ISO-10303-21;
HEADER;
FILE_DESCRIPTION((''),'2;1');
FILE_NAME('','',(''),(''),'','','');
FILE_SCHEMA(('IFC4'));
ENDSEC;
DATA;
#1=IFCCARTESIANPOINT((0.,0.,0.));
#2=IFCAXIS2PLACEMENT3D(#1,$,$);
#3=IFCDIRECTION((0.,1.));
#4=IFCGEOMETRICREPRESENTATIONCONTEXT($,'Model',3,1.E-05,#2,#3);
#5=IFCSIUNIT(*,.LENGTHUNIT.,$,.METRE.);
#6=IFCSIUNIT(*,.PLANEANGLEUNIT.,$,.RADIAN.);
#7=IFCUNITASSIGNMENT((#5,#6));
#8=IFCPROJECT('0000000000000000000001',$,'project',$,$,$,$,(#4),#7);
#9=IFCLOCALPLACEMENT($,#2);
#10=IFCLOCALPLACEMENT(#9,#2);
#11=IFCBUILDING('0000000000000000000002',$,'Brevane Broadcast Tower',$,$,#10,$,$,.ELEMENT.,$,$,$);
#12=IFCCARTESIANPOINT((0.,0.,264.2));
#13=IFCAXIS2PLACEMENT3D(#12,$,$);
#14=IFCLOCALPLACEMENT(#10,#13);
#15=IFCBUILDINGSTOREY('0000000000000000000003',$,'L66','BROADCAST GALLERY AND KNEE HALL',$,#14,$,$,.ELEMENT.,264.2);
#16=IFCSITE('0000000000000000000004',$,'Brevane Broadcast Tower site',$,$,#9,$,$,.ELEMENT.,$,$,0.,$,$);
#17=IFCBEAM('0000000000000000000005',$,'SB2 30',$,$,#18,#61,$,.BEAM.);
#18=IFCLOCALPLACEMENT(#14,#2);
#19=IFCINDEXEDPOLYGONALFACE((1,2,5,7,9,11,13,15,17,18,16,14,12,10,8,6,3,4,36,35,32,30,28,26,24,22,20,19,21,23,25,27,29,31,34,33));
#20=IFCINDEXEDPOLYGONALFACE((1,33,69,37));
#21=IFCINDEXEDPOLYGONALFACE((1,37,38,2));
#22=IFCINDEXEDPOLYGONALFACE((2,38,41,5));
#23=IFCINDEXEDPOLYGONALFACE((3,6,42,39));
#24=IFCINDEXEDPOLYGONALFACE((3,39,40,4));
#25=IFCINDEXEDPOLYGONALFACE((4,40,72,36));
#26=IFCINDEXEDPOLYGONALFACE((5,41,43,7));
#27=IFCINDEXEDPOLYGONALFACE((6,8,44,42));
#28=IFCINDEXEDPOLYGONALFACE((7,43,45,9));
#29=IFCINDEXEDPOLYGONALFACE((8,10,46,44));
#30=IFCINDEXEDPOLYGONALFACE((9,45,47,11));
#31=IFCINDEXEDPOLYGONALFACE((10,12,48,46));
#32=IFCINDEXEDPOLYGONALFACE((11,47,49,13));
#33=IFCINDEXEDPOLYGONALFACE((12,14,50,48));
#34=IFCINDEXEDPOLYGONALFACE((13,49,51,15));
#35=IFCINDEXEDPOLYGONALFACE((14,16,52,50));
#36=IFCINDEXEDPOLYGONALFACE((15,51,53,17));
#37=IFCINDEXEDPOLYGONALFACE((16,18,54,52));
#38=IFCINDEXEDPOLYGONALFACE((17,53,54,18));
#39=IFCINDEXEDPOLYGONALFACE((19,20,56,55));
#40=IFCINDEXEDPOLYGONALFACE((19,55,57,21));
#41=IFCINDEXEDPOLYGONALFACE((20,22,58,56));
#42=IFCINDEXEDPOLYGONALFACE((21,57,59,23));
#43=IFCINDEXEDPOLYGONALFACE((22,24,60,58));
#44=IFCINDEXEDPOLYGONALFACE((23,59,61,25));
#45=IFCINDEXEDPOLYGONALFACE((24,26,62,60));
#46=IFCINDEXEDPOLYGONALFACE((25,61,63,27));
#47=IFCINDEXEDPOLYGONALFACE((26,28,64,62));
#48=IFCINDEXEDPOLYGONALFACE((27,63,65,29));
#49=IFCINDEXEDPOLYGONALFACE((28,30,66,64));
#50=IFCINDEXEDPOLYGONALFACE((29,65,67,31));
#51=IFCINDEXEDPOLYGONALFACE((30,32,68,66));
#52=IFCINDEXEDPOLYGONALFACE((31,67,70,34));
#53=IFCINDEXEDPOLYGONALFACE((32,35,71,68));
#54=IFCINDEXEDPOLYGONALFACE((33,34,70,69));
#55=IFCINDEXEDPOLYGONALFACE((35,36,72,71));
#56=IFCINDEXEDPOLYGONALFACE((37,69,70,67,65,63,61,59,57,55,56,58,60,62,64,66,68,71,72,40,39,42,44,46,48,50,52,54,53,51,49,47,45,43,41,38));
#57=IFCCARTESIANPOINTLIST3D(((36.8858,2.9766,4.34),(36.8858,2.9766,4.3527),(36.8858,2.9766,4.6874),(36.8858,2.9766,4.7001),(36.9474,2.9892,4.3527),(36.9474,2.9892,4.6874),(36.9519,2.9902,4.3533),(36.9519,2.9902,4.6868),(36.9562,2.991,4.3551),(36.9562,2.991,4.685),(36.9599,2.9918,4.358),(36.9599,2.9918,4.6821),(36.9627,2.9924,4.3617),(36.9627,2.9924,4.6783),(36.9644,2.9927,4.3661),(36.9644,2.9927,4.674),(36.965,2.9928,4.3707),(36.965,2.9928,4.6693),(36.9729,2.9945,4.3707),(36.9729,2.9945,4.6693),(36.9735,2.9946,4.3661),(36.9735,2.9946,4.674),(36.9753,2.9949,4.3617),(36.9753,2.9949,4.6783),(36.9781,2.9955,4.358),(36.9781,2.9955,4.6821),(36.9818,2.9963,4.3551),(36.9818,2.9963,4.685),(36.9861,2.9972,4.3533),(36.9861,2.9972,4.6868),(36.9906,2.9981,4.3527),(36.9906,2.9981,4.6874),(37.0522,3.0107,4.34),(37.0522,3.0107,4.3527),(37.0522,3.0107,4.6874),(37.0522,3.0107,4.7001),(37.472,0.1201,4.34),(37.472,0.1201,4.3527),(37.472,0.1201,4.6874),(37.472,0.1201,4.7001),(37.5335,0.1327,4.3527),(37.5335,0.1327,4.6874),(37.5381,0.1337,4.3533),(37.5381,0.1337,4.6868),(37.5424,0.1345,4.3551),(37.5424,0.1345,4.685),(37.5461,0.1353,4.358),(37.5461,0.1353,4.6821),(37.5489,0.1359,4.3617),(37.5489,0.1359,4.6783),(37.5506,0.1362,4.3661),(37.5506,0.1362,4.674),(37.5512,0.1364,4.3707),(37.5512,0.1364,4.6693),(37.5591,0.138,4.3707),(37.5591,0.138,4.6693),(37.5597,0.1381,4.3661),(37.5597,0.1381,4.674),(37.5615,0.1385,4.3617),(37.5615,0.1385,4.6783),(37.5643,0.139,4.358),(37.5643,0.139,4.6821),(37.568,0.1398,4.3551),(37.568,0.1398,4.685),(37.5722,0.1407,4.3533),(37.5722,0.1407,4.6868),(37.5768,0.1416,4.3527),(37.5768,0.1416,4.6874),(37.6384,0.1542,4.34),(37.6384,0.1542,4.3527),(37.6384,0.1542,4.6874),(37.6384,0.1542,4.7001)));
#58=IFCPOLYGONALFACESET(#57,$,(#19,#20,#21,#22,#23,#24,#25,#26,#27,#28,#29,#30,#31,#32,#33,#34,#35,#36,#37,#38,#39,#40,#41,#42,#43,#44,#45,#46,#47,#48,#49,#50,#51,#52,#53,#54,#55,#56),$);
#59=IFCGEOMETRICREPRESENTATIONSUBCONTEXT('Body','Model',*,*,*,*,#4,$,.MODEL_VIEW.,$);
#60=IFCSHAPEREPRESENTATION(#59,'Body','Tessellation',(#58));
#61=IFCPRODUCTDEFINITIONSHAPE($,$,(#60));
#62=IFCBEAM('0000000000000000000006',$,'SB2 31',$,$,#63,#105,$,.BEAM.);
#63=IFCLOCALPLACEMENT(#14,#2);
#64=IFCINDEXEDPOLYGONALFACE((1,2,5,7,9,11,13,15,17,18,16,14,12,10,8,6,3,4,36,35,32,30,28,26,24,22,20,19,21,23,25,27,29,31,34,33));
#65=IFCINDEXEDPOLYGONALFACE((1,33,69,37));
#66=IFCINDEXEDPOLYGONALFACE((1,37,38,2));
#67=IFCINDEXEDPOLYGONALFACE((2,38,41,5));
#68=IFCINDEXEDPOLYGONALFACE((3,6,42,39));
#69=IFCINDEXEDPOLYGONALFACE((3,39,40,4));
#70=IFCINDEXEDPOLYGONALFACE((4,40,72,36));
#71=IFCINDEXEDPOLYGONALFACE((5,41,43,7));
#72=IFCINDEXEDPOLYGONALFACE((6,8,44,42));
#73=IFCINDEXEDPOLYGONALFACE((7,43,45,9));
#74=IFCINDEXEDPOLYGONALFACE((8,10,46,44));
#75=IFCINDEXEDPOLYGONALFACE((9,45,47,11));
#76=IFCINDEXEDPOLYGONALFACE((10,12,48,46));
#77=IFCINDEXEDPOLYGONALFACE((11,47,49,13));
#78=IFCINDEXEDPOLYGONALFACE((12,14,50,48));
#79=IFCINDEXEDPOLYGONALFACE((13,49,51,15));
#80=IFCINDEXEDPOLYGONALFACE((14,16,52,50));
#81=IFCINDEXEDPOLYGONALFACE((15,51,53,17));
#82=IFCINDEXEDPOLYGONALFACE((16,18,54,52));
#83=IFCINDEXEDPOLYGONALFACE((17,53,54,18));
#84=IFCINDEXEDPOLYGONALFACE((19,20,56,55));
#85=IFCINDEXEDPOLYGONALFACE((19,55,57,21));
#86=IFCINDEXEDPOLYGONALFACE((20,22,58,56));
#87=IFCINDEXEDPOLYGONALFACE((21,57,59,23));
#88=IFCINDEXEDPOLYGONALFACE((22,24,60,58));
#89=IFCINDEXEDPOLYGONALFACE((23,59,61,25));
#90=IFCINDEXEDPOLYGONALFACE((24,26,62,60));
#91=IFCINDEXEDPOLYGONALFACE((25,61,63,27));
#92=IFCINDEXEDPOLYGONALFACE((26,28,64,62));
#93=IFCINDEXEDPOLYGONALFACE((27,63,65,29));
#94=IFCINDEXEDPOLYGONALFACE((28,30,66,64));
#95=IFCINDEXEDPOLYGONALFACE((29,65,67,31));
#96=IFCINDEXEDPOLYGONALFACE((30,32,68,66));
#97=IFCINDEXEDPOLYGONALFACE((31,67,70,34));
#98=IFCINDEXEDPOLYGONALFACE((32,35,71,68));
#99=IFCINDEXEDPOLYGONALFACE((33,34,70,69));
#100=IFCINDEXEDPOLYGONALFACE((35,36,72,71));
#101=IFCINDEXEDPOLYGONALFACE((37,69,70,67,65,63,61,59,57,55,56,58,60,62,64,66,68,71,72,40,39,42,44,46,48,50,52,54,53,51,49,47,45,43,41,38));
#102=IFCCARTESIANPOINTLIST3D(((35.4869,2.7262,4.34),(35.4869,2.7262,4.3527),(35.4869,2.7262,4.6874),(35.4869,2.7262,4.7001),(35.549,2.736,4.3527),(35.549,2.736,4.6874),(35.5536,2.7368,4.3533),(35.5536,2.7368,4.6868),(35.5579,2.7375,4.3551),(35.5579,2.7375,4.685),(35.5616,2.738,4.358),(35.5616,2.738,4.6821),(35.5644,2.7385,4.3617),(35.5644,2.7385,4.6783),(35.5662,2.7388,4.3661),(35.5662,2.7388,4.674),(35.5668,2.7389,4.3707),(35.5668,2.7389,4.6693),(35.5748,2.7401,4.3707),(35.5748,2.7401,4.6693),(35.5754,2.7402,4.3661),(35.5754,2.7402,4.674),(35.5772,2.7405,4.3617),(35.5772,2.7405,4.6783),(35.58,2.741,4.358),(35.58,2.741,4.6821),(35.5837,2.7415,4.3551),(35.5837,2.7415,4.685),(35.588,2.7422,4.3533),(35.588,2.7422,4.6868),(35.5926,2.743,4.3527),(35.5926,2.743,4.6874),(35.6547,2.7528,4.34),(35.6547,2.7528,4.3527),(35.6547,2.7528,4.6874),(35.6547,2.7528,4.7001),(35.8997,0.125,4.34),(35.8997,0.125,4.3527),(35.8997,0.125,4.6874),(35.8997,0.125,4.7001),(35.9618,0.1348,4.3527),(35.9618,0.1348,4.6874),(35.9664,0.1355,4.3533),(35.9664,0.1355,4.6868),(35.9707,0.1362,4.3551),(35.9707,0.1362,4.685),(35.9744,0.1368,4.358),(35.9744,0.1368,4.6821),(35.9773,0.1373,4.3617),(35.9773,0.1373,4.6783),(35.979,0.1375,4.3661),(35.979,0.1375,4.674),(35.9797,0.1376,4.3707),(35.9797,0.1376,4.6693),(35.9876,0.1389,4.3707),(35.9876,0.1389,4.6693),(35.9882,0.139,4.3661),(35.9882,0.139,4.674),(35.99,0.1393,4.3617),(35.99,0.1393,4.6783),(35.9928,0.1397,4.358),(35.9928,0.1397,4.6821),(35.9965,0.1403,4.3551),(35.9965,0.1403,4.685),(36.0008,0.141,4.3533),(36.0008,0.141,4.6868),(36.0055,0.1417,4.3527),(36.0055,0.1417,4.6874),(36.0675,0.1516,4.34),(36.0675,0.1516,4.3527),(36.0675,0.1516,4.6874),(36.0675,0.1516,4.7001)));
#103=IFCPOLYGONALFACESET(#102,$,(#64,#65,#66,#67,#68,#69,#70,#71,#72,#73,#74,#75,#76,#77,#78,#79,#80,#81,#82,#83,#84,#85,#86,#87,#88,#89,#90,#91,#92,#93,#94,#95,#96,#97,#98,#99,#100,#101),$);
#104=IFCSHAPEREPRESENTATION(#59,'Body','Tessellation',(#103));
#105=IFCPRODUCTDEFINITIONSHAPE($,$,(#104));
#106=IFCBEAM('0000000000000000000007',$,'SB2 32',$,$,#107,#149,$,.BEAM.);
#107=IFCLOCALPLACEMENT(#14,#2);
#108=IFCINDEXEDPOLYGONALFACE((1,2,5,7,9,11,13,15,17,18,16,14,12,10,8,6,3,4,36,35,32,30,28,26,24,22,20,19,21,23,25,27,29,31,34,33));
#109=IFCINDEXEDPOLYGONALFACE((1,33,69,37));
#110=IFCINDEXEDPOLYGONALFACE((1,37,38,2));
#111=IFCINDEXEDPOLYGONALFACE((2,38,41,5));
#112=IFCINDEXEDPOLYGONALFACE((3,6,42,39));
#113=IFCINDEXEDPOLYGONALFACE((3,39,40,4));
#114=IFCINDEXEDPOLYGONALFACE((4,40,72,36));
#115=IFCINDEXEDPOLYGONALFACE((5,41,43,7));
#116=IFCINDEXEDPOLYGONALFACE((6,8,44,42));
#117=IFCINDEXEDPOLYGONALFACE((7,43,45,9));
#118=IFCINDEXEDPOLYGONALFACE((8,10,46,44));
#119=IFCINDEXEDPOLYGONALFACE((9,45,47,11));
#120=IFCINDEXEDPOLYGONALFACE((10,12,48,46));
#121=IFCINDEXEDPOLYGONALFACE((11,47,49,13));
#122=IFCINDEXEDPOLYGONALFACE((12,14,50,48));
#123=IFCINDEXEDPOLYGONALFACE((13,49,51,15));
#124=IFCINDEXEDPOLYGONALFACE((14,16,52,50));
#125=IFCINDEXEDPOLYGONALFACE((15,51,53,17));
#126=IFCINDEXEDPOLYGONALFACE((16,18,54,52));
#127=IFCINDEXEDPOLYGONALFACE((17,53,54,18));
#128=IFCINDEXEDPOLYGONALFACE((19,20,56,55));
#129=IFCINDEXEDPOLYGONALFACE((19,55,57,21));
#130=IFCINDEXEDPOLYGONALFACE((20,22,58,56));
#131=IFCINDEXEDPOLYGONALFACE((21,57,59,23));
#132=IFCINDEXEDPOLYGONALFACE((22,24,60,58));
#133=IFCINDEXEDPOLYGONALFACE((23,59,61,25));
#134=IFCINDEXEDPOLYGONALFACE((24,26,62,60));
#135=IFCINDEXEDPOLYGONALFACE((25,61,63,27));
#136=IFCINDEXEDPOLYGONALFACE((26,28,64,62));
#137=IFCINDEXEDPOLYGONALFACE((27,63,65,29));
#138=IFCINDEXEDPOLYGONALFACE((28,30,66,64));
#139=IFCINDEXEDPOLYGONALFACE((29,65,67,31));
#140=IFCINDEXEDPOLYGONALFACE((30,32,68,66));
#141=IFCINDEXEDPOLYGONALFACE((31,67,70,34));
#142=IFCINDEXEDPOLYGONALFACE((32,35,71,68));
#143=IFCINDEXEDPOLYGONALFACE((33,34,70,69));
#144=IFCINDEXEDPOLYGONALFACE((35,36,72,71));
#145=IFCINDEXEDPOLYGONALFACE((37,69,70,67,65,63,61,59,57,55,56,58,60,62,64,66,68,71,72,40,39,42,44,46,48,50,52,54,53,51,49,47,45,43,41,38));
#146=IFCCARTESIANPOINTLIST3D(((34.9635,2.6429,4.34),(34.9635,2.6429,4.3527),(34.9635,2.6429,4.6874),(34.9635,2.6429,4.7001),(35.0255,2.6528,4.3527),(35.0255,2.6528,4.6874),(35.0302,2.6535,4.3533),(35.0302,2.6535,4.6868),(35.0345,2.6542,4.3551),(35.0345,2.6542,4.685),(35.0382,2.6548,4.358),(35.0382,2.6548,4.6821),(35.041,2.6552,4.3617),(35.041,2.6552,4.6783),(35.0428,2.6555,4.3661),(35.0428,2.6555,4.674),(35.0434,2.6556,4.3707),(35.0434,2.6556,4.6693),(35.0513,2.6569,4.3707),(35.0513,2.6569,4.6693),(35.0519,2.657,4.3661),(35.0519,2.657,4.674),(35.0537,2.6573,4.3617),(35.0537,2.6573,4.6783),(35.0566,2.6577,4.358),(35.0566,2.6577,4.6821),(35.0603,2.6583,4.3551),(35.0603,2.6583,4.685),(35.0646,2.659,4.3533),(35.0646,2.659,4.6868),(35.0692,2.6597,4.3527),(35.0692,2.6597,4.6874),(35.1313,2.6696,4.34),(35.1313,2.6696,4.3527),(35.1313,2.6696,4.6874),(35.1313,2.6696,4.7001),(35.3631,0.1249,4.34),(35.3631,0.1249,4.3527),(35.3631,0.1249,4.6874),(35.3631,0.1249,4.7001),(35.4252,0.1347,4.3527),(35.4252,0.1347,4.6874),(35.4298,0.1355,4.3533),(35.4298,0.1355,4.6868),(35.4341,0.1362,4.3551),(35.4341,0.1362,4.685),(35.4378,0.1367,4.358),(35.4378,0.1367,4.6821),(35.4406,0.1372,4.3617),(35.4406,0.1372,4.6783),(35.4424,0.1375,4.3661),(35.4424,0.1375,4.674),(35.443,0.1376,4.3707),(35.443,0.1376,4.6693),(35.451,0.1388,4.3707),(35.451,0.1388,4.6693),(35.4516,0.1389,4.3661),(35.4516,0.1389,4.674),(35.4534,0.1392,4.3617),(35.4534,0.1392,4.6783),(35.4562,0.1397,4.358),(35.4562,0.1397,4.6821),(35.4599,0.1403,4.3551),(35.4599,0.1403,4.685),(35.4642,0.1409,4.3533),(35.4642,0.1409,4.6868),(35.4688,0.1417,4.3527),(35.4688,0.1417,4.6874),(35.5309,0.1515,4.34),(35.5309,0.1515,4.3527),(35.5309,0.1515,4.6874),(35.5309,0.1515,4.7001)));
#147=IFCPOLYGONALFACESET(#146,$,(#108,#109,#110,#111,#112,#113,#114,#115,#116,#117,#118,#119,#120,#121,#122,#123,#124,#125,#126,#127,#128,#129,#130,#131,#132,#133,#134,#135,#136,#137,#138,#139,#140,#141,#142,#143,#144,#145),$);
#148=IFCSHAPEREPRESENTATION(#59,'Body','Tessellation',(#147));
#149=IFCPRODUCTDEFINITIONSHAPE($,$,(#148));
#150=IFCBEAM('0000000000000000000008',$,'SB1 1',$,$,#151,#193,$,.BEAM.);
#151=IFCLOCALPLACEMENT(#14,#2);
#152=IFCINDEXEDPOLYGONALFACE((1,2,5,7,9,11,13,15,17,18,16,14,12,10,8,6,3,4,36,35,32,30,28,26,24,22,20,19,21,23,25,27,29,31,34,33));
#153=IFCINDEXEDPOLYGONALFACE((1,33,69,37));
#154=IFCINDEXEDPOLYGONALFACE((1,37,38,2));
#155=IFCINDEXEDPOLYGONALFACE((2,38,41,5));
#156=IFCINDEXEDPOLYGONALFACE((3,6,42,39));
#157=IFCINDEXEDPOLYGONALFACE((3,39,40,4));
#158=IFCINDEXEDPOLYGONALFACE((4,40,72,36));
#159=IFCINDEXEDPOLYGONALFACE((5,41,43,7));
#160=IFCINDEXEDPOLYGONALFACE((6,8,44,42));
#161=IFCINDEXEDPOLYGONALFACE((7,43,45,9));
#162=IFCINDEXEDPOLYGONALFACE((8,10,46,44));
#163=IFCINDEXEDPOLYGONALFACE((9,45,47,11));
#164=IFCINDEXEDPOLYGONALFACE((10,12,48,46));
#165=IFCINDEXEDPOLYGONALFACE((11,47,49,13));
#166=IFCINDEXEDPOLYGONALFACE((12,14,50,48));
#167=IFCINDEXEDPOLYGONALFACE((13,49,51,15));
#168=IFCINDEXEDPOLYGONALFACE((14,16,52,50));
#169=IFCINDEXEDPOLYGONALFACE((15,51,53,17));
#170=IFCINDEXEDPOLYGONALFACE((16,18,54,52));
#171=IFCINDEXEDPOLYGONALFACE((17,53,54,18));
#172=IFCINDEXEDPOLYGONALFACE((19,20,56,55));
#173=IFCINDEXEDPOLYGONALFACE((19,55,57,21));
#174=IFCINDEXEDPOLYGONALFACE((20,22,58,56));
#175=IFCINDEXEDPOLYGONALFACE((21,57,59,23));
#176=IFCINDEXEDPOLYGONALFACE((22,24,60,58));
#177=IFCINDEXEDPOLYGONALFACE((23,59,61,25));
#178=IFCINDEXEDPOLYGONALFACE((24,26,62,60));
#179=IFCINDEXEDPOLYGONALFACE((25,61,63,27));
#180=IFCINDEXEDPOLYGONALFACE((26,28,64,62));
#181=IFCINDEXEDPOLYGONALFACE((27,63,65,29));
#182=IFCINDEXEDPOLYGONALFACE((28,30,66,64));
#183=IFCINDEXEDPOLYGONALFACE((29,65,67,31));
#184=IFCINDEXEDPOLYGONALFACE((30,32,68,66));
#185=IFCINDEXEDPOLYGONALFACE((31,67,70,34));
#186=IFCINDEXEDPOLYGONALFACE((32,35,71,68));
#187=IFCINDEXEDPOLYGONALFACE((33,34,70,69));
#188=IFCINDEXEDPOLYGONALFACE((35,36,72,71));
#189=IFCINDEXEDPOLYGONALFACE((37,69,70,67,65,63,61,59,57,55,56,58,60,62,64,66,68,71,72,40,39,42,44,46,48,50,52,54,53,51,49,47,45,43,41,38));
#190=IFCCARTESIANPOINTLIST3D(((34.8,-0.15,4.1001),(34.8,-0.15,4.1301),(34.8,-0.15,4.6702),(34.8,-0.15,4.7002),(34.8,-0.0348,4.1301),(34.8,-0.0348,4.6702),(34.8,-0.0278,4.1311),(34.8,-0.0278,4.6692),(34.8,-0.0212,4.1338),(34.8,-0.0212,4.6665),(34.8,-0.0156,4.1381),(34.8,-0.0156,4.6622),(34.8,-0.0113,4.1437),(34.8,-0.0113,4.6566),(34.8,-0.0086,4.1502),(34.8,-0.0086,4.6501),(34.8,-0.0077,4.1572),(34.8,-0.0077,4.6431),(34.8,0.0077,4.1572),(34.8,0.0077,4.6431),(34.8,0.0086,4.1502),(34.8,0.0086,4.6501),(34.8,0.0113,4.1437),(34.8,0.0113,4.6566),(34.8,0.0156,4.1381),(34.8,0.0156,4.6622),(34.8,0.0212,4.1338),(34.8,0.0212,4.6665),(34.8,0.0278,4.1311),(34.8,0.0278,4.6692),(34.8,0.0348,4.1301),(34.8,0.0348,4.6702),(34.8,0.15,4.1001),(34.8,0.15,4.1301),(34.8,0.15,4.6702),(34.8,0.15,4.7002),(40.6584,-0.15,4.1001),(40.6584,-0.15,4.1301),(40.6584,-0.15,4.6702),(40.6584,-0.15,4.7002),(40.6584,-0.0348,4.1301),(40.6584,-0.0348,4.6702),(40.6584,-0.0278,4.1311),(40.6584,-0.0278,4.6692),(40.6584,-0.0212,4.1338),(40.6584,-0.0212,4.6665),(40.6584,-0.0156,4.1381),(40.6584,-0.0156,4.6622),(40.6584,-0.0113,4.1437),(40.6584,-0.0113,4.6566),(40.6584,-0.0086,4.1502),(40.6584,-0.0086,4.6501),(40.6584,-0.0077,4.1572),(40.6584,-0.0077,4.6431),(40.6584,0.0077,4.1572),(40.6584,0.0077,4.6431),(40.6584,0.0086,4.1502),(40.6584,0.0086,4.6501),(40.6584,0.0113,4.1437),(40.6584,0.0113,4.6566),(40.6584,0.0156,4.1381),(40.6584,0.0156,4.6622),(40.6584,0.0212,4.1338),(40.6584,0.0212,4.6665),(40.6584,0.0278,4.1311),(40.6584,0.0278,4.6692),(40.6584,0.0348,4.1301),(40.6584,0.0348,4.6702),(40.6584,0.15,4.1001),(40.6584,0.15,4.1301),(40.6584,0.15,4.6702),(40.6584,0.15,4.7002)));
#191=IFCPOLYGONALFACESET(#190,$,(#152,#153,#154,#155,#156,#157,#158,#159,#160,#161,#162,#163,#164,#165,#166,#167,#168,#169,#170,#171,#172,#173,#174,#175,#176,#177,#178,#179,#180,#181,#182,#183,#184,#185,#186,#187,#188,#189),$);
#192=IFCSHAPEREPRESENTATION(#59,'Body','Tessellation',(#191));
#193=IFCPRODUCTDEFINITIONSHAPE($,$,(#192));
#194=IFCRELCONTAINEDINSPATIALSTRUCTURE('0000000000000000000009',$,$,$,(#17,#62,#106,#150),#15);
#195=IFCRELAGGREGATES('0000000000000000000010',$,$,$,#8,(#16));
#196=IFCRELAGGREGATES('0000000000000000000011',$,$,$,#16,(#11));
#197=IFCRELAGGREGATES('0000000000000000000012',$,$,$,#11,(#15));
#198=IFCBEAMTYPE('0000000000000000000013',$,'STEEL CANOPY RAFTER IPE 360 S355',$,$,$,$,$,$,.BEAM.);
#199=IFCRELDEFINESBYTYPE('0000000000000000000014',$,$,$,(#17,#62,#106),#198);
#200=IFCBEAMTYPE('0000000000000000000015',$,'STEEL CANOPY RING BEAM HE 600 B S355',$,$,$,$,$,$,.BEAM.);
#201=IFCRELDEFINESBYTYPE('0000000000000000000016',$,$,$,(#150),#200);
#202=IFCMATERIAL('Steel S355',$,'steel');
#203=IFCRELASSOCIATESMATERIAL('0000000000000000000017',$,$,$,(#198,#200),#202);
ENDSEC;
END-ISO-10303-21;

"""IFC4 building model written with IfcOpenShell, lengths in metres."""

from ifc_helpers import new_model, si_unit, direction, frame, origin, origin_2d, place, context, subcontext, project, spatial, i_section, extrude, material, material_profile, profile_set, type_object, element, save


model = new_model("IFC4")

# Units and contexts
model_context = context("Model", 3, precision=1e-05, world=origin(), true_north=direction((0.0, 1.0)))
body_context = subcontext(model_context, "Body", "Model", "MODEL_VIEW")
ifc_project = project(units=[si_unit("LENGTHUNIT", "METRE"), si_unit("PLANEANGLEUNIT", "RADIAN")], contexts=[model_context])

# Site, building, storey
site_placement = place(None, origin())
site = spatial("IfcSite", under=ifc_project, at=site_placement, Name="Brevane Broadcast Tower site", CompositionType="ELEMENT", RefElevation=0.0)
building_placement = place(site_placement, origin())
building = spatial("IfcBuilding", under=site, at=building_placement, Name="Brevane Broadcast Tower", CompositionType="ELEMENT")
storey_placement = place(building_placement, frame((0.0, 0.0, 264.2)))
storey = spatial("IfcBuildingStorey", under=building, at=storey_placement, Name="L66", Description="BROADCAST GALLERY AND KNEE HALL", CompositionType="ELEMENT", Elevation=264.2)

# Shared definitions
ifc_material_1 = material(Name="Steel S355", Category="steel")

# Beams
ifc_material_profile_1 = material_profile(ifc_material_1, i_section(OverallWidth=0.1699, OverallDepth=0.3601, WebThickness=0.0081, FlangeThickness=0.0127, FilletRadius=0.0181, at=origin_2d()), Name="IPE 360")
ifc_profile_set_1 = profile_set([ifc_material_profile_1], Name="Steel S355")
beam_type_1 = type_object("IfcBeamType", Name="STEEL CANOPY RAFTER IPE 360 S355", PredefinedType="BEAM", material=ifc_profile_set_1)
beam_1_placement = place(storey_placement, frame((36.969, 2.9937, 4.52), z_axis=(0.201024, -0.979586, 0.0), x_axis=(0.979586, 0.201024, 0.0)))
element("IfcBeam", 1, at=beam_1_placement, inside=storey, type_object=beam_type_1, Name="SB2 30", PredefinedType="BEAM", context=body_context, shape_type="SweptSolid", body=[
    extrude(i_section(OverallWidth=0.1699, OverallDepth=0.3601, WebThickness=0.0081, FlangeThickness=0.0127, FilletRadius=0.0181, at=origin_2d()), origin(), (0.0, 0.0, 1.0), 2.916),
])
beam_2_placement = place(storey_placement, frame((35.5708, 2.7395, 4.52), z_axis=(0.156743, -0.987639, 0.0), x_axis=(0.987639, 0.156743, 0.0)))
element("IfcBeam", 2, at=beam_2_placement, inside=storey, type_object=beam_type_1, Name="SB2 31", PredefinedType="BEAM", context=body_context, shape_type="SweptSolid", body=[
    extrude(i_section(OverallWidth=0.1699, OverallDepth=0.3601, WebThickness=0.0081, FlangeThickness=0.0127, FilletRadius=0.0181, at=origin_2d()), origin(), (0.0, 0.0, 1.0), 2.6338),
])
beam_3_placement = place(storey_placement, frame((35.0474, 2.6562, 4.52), z_axis=(0.156754, -0.987638, 0.0), x_axis=(0.987638, 0.156754, 0.0)))
element("IfcBeam", 3, at=beam_3_placement, inside=storey, type_object=beam_type_1, Name="SB2 32", PredefinedType="BEAM", context=body_context, shape_type="SweptSolid", body=[
    extrude(i_section(OverallWidth=0.1699, OverallDepth=0.3601, WebThickness=0.0081, FlangeThickness=0.0127, FilletRadius=0.0181, at=origin_2d()), origin(), (0.0, 0.0, 1.0), 2.5496),
])
ifc_material_profile_2 = material_profile(ifc_material_1, i_section(OverallWidth=0.3, OverallDepth=0.6001, WebThickness=0.0154, FlangeThickness=0.03, FilletRadius=0.0271, at=origin_2d()), Name="HE 600 B")
ifc_profile_set_2 = profile_set([ifc_material_profile_2], Name="Steel S355")
beam_type_2 = type_object("IfcBeamType", Name="STEEL CANOPY RING BEAM HE 600 B S355", PredefinedType="BEAM", material=ifc_profile_set_2)
beam_4_placement = place(storey_placement, frame((34.8, 0.0, 4.4001), z_axis=(1.0, 0.0, 0.0), x_axis=(0.0, 1.0, 0.0)))
element("IfcBeam", 4, at=beam_4_placement, inside=storey, type_object=beam_type_2, Name="SB1 1", PredefinedType="BEAM", context=body_context, shape_type="SweptSolid", body=[
    extrude(i_section(OverallWidth=0.3, OverallDepth=0.6001, WebThickness=0.0154, FlangeThickness=0.03, FilletRadius=0.0271, at=origin_2d()), origin(), (0.0, 0.0, 1.0), 5.8584),
])

save(model, "model.ifc")
